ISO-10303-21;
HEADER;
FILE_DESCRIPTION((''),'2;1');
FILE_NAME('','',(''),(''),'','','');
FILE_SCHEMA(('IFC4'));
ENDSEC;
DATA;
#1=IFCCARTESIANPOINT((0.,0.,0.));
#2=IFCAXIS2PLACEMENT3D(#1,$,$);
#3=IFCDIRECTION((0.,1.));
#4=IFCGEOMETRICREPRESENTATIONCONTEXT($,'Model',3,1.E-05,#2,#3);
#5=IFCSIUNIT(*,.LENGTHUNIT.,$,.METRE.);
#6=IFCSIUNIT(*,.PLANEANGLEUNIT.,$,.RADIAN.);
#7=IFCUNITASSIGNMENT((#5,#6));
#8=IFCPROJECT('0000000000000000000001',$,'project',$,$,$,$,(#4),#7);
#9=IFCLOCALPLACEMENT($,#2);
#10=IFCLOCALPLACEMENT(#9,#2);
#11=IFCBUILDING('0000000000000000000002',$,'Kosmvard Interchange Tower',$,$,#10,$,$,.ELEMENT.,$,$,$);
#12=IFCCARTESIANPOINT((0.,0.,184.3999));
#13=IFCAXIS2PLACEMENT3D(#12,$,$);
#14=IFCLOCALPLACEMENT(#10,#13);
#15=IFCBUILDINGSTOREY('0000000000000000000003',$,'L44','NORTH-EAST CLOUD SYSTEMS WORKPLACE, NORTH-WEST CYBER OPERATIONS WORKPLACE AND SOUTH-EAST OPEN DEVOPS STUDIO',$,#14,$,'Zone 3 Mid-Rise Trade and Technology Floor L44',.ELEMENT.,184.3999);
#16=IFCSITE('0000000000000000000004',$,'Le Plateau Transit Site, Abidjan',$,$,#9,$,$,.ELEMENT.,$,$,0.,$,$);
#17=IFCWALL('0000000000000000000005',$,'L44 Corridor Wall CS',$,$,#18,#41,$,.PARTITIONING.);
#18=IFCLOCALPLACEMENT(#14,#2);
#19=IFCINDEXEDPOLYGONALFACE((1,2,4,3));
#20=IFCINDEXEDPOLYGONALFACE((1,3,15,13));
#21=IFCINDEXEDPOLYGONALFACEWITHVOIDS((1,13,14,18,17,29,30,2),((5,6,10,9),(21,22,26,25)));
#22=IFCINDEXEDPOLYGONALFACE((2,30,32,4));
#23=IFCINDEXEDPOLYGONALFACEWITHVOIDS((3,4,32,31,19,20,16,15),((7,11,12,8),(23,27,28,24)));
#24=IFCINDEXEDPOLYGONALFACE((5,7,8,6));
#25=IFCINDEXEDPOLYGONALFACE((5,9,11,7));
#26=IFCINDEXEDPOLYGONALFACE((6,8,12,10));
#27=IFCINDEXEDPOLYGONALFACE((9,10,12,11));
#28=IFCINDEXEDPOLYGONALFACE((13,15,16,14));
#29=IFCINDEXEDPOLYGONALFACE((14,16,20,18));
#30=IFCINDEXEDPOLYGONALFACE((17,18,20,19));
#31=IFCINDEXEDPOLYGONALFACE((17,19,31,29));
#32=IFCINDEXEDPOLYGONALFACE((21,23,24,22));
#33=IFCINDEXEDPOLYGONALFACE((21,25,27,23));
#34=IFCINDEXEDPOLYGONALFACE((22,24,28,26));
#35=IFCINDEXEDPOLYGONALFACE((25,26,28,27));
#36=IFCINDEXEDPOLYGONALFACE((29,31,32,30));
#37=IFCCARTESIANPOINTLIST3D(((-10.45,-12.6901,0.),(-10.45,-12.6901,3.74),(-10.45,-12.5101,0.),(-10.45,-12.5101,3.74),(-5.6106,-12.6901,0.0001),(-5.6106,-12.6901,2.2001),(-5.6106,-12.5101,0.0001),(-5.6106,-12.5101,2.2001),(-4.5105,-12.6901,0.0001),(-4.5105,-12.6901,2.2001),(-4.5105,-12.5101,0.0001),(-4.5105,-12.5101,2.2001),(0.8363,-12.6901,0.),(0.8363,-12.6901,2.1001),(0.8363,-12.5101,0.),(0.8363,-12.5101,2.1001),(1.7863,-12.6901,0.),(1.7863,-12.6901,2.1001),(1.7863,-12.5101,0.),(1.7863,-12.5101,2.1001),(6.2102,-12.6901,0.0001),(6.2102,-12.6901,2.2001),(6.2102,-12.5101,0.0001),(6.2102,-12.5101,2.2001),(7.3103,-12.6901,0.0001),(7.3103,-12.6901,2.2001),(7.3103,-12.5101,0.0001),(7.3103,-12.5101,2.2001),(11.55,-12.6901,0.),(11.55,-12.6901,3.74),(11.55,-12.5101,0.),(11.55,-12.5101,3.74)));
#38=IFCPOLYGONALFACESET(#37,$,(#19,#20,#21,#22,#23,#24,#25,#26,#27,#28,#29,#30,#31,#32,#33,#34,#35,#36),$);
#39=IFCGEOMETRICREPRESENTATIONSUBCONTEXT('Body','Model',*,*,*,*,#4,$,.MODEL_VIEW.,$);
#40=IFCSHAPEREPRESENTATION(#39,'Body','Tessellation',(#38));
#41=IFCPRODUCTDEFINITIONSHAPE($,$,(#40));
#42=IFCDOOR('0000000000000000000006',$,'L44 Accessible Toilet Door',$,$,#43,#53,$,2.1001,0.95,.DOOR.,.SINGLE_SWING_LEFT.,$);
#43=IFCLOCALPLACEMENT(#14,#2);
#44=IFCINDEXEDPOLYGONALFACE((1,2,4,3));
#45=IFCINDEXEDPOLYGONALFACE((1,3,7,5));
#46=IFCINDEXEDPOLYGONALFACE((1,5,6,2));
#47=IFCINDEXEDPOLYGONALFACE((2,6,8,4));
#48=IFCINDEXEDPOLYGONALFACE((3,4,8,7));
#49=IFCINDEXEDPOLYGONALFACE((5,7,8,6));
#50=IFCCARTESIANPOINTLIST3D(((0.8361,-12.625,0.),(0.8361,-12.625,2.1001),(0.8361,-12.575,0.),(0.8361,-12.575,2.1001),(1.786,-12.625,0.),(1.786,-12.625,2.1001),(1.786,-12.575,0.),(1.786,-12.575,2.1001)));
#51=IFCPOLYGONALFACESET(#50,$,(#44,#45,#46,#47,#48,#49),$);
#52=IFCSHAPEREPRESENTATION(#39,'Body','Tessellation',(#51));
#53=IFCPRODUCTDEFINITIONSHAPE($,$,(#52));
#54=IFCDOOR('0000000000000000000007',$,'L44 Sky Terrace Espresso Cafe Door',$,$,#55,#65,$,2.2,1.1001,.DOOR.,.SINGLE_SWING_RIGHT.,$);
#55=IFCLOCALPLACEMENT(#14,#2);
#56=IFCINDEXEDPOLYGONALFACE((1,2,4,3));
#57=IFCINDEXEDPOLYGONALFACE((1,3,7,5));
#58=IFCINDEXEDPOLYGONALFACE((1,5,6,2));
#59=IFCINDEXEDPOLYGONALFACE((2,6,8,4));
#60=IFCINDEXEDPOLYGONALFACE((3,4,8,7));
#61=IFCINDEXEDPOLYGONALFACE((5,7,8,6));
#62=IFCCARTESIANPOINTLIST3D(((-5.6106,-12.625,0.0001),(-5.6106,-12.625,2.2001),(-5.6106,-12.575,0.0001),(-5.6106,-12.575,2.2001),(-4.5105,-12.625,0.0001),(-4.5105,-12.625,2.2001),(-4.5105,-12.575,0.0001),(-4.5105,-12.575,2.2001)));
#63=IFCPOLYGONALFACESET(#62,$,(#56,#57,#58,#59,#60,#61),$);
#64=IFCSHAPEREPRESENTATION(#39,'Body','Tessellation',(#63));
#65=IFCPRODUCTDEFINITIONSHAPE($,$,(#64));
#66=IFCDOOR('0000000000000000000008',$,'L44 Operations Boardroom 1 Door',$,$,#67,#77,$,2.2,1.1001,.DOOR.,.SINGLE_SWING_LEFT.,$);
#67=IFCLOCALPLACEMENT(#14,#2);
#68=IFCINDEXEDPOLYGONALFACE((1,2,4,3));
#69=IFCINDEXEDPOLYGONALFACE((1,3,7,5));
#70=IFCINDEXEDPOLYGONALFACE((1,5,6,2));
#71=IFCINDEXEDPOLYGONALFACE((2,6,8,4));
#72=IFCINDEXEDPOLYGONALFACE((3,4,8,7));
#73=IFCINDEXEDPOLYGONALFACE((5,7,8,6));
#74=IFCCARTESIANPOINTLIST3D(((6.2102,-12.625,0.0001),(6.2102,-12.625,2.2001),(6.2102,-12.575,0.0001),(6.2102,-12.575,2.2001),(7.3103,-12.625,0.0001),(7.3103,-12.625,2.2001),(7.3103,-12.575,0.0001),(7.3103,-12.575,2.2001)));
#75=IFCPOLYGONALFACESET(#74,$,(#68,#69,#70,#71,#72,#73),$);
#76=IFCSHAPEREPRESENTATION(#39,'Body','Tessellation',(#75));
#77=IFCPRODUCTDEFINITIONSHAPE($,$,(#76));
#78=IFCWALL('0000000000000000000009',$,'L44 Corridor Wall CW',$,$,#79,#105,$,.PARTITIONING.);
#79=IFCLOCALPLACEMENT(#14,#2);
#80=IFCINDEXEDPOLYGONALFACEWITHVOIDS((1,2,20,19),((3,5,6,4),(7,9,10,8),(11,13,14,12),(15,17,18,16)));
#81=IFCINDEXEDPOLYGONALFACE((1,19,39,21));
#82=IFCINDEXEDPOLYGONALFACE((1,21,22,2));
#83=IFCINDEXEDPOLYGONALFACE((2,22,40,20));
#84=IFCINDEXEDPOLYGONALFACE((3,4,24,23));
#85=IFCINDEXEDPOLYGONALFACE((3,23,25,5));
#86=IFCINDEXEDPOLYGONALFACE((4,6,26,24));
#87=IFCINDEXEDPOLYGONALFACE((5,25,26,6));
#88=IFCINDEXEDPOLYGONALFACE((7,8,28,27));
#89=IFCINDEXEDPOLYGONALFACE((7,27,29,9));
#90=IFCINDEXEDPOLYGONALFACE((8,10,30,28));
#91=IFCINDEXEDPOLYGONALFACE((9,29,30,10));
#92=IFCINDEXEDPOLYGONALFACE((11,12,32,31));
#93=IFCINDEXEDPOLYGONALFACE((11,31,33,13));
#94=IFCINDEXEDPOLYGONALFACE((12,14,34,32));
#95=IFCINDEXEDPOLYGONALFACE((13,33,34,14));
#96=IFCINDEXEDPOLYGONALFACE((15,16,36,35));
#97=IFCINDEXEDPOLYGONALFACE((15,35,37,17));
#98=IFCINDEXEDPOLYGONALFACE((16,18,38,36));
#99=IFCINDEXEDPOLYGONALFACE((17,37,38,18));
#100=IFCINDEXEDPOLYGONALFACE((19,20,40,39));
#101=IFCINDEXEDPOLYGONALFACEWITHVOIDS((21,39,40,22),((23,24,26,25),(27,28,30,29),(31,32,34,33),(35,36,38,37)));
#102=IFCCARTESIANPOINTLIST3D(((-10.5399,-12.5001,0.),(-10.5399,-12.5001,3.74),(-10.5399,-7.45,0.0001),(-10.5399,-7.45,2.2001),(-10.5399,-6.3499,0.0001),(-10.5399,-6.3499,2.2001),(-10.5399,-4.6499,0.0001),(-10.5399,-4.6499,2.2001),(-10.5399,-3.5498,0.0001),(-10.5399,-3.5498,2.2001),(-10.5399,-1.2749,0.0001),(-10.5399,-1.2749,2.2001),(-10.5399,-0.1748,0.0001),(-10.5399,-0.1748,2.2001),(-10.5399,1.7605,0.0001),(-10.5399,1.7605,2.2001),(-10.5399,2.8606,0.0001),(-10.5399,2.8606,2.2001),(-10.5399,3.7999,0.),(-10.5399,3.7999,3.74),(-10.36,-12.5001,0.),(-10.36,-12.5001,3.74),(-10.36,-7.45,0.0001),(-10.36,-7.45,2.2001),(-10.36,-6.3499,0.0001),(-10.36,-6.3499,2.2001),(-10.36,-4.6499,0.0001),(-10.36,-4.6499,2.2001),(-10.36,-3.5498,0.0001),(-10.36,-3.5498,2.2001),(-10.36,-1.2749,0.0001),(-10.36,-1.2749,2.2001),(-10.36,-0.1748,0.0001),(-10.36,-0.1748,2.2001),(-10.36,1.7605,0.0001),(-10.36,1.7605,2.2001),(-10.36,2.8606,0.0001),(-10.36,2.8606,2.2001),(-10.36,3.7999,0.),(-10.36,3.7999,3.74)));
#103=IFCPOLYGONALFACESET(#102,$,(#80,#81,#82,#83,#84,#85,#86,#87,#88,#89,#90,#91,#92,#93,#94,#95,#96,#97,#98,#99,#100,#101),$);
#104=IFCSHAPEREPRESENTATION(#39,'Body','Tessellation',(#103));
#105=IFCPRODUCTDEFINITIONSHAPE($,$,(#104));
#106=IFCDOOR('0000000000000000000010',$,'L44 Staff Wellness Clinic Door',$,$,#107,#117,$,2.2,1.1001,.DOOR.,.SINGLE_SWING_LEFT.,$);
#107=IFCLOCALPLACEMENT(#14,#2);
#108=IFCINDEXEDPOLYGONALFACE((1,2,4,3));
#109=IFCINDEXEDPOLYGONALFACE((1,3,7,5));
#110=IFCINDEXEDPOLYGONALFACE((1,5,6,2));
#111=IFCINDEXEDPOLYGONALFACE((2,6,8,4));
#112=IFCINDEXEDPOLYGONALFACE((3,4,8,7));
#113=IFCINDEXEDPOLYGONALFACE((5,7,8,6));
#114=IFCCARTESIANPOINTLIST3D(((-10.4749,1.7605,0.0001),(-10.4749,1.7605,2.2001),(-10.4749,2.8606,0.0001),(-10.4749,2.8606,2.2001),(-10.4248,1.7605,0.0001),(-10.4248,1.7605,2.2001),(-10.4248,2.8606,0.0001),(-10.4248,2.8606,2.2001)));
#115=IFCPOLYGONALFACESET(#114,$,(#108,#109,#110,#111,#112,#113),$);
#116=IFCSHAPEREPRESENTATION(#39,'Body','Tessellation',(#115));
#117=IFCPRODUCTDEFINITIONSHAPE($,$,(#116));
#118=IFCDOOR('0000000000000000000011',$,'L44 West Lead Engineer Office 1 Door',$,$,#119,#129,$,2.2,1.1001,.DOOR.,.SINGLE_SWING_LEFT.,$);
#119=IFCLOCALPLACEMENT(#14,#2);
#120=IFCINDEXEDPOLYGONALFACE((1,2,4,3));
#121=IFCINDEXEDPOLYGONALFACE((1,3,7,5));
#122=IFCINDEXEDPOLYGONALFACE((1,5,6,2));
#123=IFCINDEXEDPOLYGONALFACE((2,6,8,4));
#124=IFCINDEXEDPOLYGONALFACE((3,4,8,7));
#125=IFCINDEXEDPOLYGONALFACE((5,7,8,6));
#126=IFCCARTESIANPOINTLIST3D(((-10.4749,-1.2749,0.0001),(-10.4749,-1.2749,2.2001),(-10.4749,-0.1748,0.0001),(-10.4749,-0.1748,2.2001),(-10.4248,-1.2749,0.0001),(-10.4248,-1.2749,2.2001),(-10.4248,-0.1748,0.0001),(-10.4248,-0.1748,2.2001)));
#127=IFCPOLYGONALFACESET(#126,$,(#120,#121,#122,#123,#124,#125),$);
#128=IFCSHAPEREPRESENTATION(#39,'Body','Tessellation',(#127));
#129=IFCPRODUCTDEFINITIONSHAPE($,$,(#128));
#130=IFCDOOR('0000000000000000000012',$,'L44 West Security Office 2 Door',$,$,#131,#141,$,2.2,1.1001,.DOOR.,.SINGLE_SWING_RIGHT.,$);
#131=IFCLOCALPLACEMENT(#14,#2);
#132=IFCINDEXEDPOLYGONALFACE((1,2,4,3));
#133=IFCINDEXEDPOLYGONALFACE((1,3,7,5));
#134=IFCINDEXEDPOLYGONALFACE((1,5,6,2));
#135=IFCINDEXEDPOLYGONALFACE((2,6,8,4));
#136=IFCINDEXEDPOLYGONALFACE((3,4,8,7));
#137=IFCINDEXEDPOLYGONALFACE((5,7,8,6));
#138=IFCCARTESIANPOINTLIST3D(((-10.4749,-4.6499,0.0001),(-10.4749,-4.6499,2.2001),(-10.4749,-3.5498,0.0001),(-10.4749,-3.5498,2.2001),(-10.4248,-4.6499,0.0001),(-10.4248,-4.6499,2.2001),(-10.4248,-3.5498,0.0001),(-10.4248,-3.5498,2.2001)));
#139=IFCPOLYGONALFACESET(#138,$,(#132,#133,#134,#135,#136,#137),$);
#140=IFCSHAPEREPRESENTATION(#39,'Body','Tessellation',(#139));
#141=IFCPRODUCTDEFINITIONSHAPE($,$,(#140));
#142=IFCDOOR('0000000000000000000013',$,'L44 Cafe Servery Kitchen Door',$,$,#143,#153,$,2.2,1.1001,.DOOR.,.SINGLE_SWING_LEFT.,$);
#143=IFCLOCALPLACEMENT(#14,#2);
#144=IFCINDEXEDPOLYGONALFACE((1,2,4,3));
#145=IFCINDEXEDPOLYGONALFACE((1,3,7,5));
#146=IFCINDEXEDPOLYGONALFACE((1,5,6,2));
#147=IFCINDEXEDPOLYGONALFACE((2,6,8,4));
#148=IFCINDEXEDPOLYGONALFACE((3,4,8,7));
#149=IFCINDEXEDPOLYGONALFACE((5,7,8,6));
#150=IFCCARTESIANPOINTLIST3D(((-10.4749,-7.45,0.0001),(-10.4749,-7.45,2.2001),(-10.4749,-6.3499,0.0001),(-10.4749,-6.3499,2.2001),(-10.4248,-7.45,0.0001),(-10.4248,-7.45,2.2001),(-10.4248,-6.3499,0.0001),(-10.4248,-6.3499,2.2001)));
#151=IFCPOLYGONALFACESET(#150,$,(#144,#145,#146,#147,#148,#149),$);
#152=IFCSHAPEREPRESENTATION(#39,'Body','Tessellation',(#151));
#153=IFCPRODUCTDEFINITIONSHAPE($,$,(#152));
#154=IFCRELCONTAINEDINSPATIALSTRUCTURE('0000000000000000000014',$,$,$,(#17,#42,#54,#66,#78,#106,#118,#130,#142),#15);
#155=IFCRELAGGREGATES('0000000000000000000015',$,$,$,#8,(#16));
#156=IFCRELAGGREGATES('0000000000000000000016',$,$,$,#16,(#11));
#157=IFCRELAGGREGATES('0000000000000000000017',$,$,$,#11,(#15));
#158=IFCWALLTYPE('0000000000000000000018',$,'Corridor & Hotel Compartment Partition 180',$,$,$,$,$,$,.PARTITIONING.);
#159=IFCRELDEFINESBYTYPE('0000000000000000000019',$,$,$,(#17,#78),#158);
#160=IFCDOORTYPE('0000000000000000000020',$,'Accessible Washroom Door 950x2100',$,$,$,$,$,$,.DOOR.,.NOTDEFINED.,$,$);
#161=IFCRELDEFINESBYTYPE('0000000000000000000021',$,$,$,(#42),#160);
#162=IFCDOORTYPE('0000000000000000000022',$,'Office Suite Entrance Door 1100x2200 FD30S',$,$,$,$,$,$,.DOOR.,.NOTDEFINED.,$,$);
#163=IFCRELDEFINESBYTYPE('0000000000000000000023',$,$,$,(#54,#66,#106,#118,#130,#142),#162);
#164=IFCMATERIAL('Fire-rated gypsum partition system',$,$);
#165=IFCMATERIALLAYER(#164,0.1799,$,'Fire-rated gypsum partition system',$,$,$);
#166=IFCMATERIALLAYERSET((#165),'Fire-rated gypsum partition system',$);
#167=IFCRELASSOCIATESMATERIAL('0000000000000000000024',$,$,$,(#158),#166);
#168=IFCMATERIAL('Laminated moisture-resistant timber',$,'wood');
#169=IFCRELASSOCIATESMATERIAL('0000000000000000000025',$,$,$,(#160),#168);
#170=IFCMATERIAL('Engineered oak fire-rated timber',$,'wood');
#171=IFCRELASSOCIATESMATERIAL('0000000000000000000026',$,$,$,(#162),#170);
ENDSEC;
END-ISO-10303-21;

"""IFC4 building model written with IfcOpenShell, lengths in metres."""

from ifc_helpers import new_model, si_unit, direction, frame, frame_2d, origin, place, context, subcontext, project, spatial, rectangle, extrude, source, transform, mapped, material, layer, layer_set, type_object, element, fill, save


model = new_model("IFC4")

# Units and contexts
model_context = context("Model", 3, precision=1e-05, world=origin(), true_north=direction((0.0, 1.0)))
body_context = subcontext(model_context, "Body", "Model", "MODEL_VIEW")
ifc_project = project(units=[si_unit("LENGTHUNIT", "METRE"), si_unit("PLANEANGLEUNIT", "RADIAN")], contexts=[model_context])

# Site, building, storey
site_placement = place(None, origin())
site = spatial("IfcSite", under=ifc_project, at=site_placement, Name="Le Plateau Transit Site, Abidjan", CompositionType="ELEMENT", RefElevation=0.0)
building_placement = place(site_placement, origin())
building = spatial("IfcBuilding", under=site, at=building_placement, Name="Kosmvard Interchange Tower", CompositionType="ELEMENT")
storey_placement = place(building_placement, frame((0.0, 0.0, 184.3999)))
storey = spatial("IfcBuildingStorey", under=building, at=storey_placement, Name="L44", Description="NORTH-EAST CLOUD SYSTEMS WORKPLACE, NORTH-WEST CYBER OPERATIONS WORKPLACE AND SOUTH-EAST OPEN DEVOPS STUDIO", LongName="Zone 3 Mid-Rise Trade and Technology Floor L44", CompositionType="ELEMENT", Elevation=184.3999)

# Walls, openings, doors
ifc_material_1 = material(Name="Fire-rated gypsum partition system")
ifc_layer_1 = layer(ifc_material_1, 0.1799, Name="Fire-rated gypsum partition system")
ifc_layer_set_1 = layer_set([ifc_layer_1], Name="Fire-rated gypsum partition system")
wall_type_1 = type_object("IfcWallType", Name="Corridor & Hotel Compartment Partition 180", PredefinedType="PARTITIONING", material=ifc_layer_set_1)
wall_1_placement = place(storey_placement, frame((-10.45, -12.6001, 0.0), z_axis=(0.0, 0.0, 1.0), x_axis=(1.0, 0.0, 0.0)))
wall_1 = element("IfcWall", 1, at=wall_1_placement, inside=storey, type_object=wall_type_1, Name="L44 Corridor Wall CS", PredefinedType="PARTITIONING", context=body_context, shape_type="SweptSolid", body=[
    extrude(rectangle(XDim=22.0, YDim=0.1799, at=frame_2d((11.0, 0.0))), origin(), (0.0, 0.0, 1.0), 3.74),
])
opening_1_placement = place(wall_1_placement, frame((11.2861, 0.0, 0.0)))
opening_1 = element("IfcOpeningElement", 2, at=opening_1_placement, cuts=wall_1, PredefinedType="OPENING", context=body_context, shape_type="SweptSolid", body=[
    extrude(rectangle(XDim=0.95, YDim=2.1001, at=frame_2d((0.4751, 1.05))), frame((0.0, 0.1001, 0.0), z_axis=(0.0, -1.0, 0.0), x_axis=(1.0, 0.0, 0.0)), (0.0, 0.0, 1.0), 0.2),
])
opening_2_placement = place(wall_1_placement, frame((4.8394, 0.0, 0.0)))
opening_2 = element("IfcOpeningElement", 3, at=opening_2_placement, cuts=wall_1, PredefinedType="OPENING", context=body_context, shape_type="SweptSolid", body=[
    extrude(rectangle(XDim=1.1001, YDim=2.2, at=frame_2d((0.55, 1.1001))), frame((0.0, 0.1001, 0.0), z_axis=(0.0, -1.0, 0.0), x_axis=(1.0, 0.0, 0.0)), (0.0, 0.0, 1.0), 0.2),
])
opening_3_placement = place(wall_1_placement, frame((16.6602, 0.0, 0.0)))
opening_3 = element("IfcOpeningElement", 4, at=opening_3_placement, cuts=wall_1, PredefinedType="OPENING", context=body_context, shape_type="SweptSolid", body=[
    extrude(rectangle(XDim=1.1001, YDim=2.2, at=frame_2d((0.55, 1.1001))), frame((0.0, 0.1001, 0.0), z_axis=(0.0, -1.0, 0.0), x_axis=(1.0, 0.0, 0.0)), (0.0, 0.0, 1.0), 0.2),
])
ifc_material_2 = material(Name="Laminated moisture-resistant timber", Category="wood")
door_type_1 = type_object("IfcDoorType", Name="Accessible Washroom Door 950x2100", OperationType="NOTDEFINED", PredefinedType="DOOR", material=ifc_material_2)
shared_shape_1 = source(origin(), body_context, "Body", "SweptSolid", [
    extrude(rectangle(XDim=0.95, YDim=2.1001, at=frame_2d((0.4751, 1.05))), frame((0.0, 0.0249, 0.0), z_axis=(0.0, -1.0, 0.0), x_axis=(1.0, 0.0, 0.0)), (0.0, 0.0, 1.0), 0.05),
])
door_1_placement = place(opening_1_placement, frame((0.95, 0.0, 0.0), z_axis=(0.0, 0.0, 1.0), x_axis=(-1.0, 0.0, 0.0)))
door_1 = element("IfcDoor", 5, at=door_1_placement, inside=storey, type_object=door_type_1, Name="L44 Accessible Toilet Door", OperationType="SINGLE_SWING_LEFT", OverallHeight=2.1001, OverallWidth=0.95, PredefinedType="DOOR", context=body_context, shape_type="MappedRepresentation", body=[
    mapped(shared_shape_1, transform((0.0, 0.0, 0.0), scale=1.0)),
])
fill(opening_1, door_1)
ifc_material_3 = material(Name="Engineered oak fire-rated timber", Category="wood")
door_type_2 = type_object("IfcDoorType", Name="Office Suite Entrance Door 1100x2200 FD30S", OperationType="NOTDEFINED", PredefinedType="DOOR", material=ifc_material_3)
shared_shape_2 = source(origin(), body_context, "Body", "SweptSolid", [
    extrude(rectangle(XDim=1.1001, YDim=2.2, at=frame_2d((0.55, 1.1001))), frame((0.0, 0.0249, 0.0), z_axis=(0.0, -1.0, 0.0), x_axis=(1.0, 0.0, 0.0)), (0.0, 0.0, 1.0), 0.05),
])
door_2_placement = place(opening_2_placement, frame((1.1001, 0.0, 0.0), z_axis=(0.0, 0.0, 1.0), x_axis=(-1.0, 0.0, 0.0)))
door_2 = element("IfcDoor", 6, at=door_2_placement, inside=storey, type_object=door_type_2, Name="L44 Sky Terrace Espresso Cafe Door", OperationType="SINGLE_SWING_RIGHT", OverallHeight=2.2, OverallWidth=1.1001, PredefinedType="DOOR", context=body_context, shape_type="MappedRepresentation", body=[
    mapped(shared_shape_2, transform((0.0, 0.0, 0.0), scale=1.0)),
])
fill(opening_2, door_2)
door_3_placement = place(opening_3_placement, frame((1.1001, 0.0, 0.0), z_axis=(0.0, 0.0, 1.0), x_axis=(-1.0, 0.0, 0.0)))
door_3 = element("IfcDoor", 7, at=door_3_placement, inside=storey, type_object=door_type_2, Name="L44 Operations Boardroom 1 Door", OperationType="SINGLE_SWING_LEFT", OverallHeight=2.2, OverallWidth=1.1001, PredefinedType="DOOR", context=body_context, shape_type="MappedRepresentation", body=[
    mapped(shared_shape_2, transform((0.0, 0.0, 0.0), scale=1.0)),
])
fill(opening_3, door_3)
wall_2_placement = place(storey_placement, frame((-10.45, -12.5, 0.0), z_axis=(0.0, 0.0, 1.0), x_axis=(0.0, 1.0, 0.0)))
wall_2 = element("IfcWall", 8, at=wall_2_placement, inside=storey, type_object=wall_type_1, Name="L44 Corridor Wall CW", PredefinedType="PARTITIONING", context=body_context, shape_type="SweptSolid", body=[
    extrude(rectangle(XDim=16.3, YDim=0.1799, at=frame_2d((8.1499, 0.0))), origin(), (0.0, 0.0, 1.0), 3.74),
])
opening_4_placement = place(wall_2_placement, frame((14.2605, 0.0, 0.0)))
opening_4 = element("IfcOpeningElement", 9, at=opening_4_placement, cuts=wall_2, PredefinedType="OPENING", context=body_context, shape_type="SweptSolid", body=[
    extrude(rectangle(XDim=1.1001, YDim=2.2, at=frame_2d((0.55, 1.1001))), frame((0.0, 0.1001, 0.0), z_axis=(0.0, -1.0, 0.0), x_axis=(1.0, 0.0, 0.0)), (0.0, 0.0, 1.0), 0.2),
])
opening_5_placement = place(wall_2_placement, frame((11.2251, 0.0, 0.0)))
opening_5 = element("IfcOpeningElement", 10, at=opening_5_placement, cuts=wall_2, PredefinedType="OPENING", context=body_context, shape_type="SweptSolid", body=[
    extrude(rectangle(XDim=1.1001, YDim=2.2, at=frame_2d((0.55, 1.1001))), frame((0.0, 0.1001, 0.0), z_axis=(0.0, -1.0, 0.0), x_axis=(1.0, 0.0, 0.0)), (0.0, 0.0, 1.0), 0.2),
])
opening_6_placement = place(wall_2_placement, frame((7.8501, 0.0, 0.0)))
opening_6 = element("IfcOpeningElement", 11, at=opening_6_placement, cuts=wall_2, PredefinedType="OPENING", context=body_context, shape_type="SweptSolid", body=[
    extrude(rectangle(XDim=1.1001, YDim=2.2, at=frame_2d((0.55, 1.1001))), frame((0.0, 0.1001, 0.0), z_axis=(0.0, -1.0, 0.0), x_axis=(1.0, 0.0, 0.0)), (0.0, 0.0, 1.0), 0.2),
])
opening_7_placement = place(wall_2_placement, frame((5.05, 0.0, 0.0)))
opening_7 = element("IfcOpeningElement", 12, at=opening_7_placement, cuts=wall_2, PredefinedType="OPENING", context=body_context, shape_type="SweptSolid", body=[
    extrude(rectangle(XDim=1.1001, YDim=2.2, at=frame_2d((0.55, 1.1001))), frame((0.0, 0.1001, 0.0), z_axis=(0.0, -1.0, 0.0), x_axis=(1.0, 0.0, 0.0)), (0.0, 0.0, 1.0), 0.2),
])
door_4_placement = place(opening_4_placement, origin())
door_4 = element("IfcDoor", 13, at=door_4_placement, inside=storey, type_object=door_type_2, Name="L44 Staff Wellness Clinic Door", OperationType="SINGLE_SWING_LEFT", OverallHeight=2.2, OverallWidth=1.1001, PredefinedType="DOOR", context=body_context, shape_type="MappedRepresentation", body=[
    mapped(shared_shape_2, transform((0.0, 0.0, 0.0), scale=1.0)),
])
fill(opening_4, door_4)
door_5_placement = place(opening_5_placement, origin())
door_5 = element("IfcDoor", 14, at=door_5_placement, inside=storey, type_object=door_type_2, Name="L44 West Lead Engineer Office 1 Door", OperationType="SINGLE_SWING_LEFT", OverallHeight=2.2, OverallWidth=1.1001, PredefinedType="DOOR", context=body_context, shape_type="MappedRepresentation", body=[
    mapped(shared_shape_2, transform((0.0, 0.0, 0.0), scale=1.0)),
])
fill(opening_5, door_5)
door_6_placement = place(opening_6_placement, origin())
door_6 = element("IfcDoor", 15, at=door_6_placement, inside=storey, type_object=door_type_2, Name="L44 West Security Office 2 Door", OperationType="SINGLE_SWING_RIGHT", OverallHeight=2.2, OverallWidth=1.1001, PredefinedType="DOOR", context=body_context, shape_type="MappedRepresentation", body=[
    mapped(shared_shape_2, transform((0.0, 0.0, 0.0), scale=1.0)),
])
fill(opening_6, door_6)
door_7_placement = place(opening_7_placement, origin())
door_7 = element("IfcDoor", 16, at=door_7_placement, inside=storey, type_object=door_type_2, Name="L44 Cafe Servery Kitchen Door", OperationType="SINGLE_SWING_LEFT", OverallHeight=2.2, OverallWidth=1.1001, PredefinedType="DOOR", context=body_context, shape_type="MappedRepresentation", body=[
    mapped(shared_shape_2, transform((0.0, 0.0, 0.0), scale=1.0)),
])
fill(opening_7, door_7)

save(model, "model.ifc")
